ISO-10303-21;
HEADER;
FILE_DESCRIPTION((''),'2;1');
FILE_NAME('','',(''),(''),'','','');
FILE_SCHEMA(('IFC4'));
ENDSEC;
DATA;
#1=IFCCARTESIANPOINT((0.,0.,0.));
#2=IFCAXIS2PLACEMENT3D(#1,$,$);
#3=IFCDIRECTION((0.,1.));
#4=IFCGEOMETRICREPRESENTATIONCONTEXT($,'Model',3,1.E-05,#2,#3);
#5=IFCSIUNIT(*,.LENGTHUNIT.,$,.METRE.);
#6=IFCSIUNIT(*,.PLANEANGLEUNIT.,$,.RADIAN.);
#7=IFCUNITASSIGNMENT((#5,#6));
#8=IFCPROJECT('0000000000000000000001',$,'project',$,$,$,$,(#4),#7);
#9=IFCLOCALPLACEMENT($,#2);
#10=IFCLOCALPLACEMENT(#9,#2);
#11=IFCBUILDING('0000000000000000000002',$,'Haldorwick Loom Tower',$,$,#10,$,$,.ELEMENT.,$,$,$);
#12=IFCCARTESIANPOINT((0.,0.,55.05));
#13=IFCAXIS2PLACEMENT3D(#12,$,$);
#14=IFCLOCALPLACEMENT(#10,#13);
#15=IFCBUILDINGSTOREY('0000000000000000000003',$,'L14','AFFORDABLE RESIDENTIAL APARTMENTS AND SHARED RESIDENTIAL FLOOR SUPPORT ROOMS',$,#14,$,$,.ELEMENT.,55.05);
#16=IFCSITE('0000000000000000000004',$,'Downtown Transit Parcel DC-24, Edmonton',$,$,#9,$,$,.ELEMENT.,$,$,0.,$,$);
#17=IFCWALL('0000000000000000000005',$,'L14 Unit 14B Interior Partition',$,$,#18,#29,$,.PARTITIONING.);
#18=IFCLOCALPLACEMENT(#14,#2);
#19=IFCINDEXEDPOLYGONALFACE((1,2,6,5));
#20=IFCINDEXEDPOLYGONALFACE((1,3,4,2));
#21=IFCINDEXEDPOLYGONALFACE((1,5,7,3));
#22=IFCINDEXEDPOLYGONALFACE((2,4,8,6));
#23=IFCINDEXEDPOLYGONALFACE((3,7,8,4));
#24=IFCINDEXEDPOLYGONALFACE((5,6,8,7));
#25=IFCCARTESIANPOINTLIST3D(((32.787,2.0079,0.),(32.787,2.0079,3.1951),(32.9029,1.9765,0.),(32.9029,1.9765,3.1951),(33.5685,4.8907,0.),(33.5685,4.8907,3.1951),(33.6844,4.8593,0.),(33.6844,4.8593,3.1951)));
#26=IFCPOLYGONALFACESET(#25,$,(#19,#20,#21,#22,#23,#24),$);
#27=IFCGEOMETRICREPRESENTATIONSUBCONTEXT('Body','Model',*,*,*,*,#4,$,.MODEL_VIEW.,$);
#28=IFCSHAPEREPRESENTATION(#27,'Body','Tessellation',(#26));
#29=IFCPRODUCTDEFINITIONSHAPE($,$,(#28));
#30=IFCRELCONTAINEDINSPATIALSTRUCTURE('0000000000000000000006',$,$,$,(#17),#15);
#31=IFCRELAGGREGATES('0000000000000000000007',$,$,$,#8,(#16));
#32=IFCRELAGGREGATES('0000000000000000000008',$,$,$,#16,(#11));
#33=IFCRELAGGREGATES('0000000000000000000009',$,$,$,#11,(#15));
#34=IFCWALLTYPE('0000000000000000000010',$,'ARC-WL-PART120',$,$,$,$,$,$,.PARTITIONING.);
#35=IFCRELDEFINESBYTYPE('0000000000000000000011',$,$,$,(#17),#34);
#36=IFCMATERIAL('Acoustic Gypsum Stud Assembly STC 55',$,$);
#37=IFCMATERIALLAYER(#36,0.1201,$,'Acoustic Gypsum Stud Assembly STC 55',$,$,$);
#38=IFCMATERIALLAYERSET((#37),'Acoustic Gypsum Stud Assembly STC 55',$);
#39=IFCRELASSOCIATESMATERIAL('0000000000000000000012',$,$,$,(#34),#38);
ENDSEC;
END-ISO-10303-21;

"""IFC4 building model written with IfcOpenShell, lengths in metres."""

from ifc_helpers import new_model, si_unit, direction, frame, frame_2d, origin, place, context, subcontext, project, spatial, rectangle, extrude, material, layer, layer_set, type_object, element, save


model = new_model("IFC4")

# Units and contexts
model_context = context("Model", 3, precision=1e-05, world=origin(), true_north=direction((0.0, 1.0)))
body_context = subcontext(model_context, "Body", "Model", "MODEL_VIEW")
ifc_project = project(units=[si_unit("LENGTHUNIT", "METRE"), si_unit("PLANEANGLEUNIT", "RADIAN")], contexts=[model_context])

# Site, building, storey
site_placement = place(None, origin())
site = spatial("IfcSite", under=ifc_project, at=site_placement, Name="Downtown Transit Parcel DC-24, Edmonton", CompositionType="ELEMENT", RefElevation=0.0)
building_placement = place(site_placement, origin())
building = spatial("IfcBuilding", under=site, at=building_placement, Name="Haldorwick Loom Tower", CompositionType="ELEMENT")
storey_placement = place(building_placement, frame((0.0, 0.0, 55.05)))
storey = spatial("IfcBuildingStorey", under=building, at=storey_placement, Name="L14", Description="AFFORDABLE RESIDENTIAL APARTMENTS AND SHARED RESIDENTIAL FLOOR SUPPORT ROOMS", CompositionType="ELEMENT", Elevation=55.05)

# Wall
ifc_material_1 = material(Name="Acoustic Gypsum Stud Assembly STC 55")
ifc_layer_1 = layer(ifc_material_1, 0.1201, Name="Acoustic Gypsum Stud Assembly STC 55")
ifc_layer_set_1 = layer_set([ifc_layer_1], Name="Acoustic Gypsum Stud Assembly STC 55")
wall_type_1 = type_object("IfcWallType", Name="ARC-WL-PART120", PredefinedType="PARTITIONING", material=ifc_layer_set_1)
wall_1_placement = place(storey_placement, frame((33.6265, 4.875, 0.0), z_axis=(0.0, 0.0, 1.0), x_axis=(-0.261644, -0.965164, 0.0)))
element("IfcWall", 1, at=wall_1_placement, inside=storey, type_object=wall_type_1, Name="L14 Unit 14B Interior Partition", PredefinedType="PARTITIONING", context=body_context, shape_type="SweptSolid", body=[
    extrude(rectangle(XDim=2.9868, YDim=0.1201, at=frame_2d((1.4934, 0.0))), origin(), (0.0, 0.0, 1.0), 3.1951),
])

save(model, "model.ifc")
